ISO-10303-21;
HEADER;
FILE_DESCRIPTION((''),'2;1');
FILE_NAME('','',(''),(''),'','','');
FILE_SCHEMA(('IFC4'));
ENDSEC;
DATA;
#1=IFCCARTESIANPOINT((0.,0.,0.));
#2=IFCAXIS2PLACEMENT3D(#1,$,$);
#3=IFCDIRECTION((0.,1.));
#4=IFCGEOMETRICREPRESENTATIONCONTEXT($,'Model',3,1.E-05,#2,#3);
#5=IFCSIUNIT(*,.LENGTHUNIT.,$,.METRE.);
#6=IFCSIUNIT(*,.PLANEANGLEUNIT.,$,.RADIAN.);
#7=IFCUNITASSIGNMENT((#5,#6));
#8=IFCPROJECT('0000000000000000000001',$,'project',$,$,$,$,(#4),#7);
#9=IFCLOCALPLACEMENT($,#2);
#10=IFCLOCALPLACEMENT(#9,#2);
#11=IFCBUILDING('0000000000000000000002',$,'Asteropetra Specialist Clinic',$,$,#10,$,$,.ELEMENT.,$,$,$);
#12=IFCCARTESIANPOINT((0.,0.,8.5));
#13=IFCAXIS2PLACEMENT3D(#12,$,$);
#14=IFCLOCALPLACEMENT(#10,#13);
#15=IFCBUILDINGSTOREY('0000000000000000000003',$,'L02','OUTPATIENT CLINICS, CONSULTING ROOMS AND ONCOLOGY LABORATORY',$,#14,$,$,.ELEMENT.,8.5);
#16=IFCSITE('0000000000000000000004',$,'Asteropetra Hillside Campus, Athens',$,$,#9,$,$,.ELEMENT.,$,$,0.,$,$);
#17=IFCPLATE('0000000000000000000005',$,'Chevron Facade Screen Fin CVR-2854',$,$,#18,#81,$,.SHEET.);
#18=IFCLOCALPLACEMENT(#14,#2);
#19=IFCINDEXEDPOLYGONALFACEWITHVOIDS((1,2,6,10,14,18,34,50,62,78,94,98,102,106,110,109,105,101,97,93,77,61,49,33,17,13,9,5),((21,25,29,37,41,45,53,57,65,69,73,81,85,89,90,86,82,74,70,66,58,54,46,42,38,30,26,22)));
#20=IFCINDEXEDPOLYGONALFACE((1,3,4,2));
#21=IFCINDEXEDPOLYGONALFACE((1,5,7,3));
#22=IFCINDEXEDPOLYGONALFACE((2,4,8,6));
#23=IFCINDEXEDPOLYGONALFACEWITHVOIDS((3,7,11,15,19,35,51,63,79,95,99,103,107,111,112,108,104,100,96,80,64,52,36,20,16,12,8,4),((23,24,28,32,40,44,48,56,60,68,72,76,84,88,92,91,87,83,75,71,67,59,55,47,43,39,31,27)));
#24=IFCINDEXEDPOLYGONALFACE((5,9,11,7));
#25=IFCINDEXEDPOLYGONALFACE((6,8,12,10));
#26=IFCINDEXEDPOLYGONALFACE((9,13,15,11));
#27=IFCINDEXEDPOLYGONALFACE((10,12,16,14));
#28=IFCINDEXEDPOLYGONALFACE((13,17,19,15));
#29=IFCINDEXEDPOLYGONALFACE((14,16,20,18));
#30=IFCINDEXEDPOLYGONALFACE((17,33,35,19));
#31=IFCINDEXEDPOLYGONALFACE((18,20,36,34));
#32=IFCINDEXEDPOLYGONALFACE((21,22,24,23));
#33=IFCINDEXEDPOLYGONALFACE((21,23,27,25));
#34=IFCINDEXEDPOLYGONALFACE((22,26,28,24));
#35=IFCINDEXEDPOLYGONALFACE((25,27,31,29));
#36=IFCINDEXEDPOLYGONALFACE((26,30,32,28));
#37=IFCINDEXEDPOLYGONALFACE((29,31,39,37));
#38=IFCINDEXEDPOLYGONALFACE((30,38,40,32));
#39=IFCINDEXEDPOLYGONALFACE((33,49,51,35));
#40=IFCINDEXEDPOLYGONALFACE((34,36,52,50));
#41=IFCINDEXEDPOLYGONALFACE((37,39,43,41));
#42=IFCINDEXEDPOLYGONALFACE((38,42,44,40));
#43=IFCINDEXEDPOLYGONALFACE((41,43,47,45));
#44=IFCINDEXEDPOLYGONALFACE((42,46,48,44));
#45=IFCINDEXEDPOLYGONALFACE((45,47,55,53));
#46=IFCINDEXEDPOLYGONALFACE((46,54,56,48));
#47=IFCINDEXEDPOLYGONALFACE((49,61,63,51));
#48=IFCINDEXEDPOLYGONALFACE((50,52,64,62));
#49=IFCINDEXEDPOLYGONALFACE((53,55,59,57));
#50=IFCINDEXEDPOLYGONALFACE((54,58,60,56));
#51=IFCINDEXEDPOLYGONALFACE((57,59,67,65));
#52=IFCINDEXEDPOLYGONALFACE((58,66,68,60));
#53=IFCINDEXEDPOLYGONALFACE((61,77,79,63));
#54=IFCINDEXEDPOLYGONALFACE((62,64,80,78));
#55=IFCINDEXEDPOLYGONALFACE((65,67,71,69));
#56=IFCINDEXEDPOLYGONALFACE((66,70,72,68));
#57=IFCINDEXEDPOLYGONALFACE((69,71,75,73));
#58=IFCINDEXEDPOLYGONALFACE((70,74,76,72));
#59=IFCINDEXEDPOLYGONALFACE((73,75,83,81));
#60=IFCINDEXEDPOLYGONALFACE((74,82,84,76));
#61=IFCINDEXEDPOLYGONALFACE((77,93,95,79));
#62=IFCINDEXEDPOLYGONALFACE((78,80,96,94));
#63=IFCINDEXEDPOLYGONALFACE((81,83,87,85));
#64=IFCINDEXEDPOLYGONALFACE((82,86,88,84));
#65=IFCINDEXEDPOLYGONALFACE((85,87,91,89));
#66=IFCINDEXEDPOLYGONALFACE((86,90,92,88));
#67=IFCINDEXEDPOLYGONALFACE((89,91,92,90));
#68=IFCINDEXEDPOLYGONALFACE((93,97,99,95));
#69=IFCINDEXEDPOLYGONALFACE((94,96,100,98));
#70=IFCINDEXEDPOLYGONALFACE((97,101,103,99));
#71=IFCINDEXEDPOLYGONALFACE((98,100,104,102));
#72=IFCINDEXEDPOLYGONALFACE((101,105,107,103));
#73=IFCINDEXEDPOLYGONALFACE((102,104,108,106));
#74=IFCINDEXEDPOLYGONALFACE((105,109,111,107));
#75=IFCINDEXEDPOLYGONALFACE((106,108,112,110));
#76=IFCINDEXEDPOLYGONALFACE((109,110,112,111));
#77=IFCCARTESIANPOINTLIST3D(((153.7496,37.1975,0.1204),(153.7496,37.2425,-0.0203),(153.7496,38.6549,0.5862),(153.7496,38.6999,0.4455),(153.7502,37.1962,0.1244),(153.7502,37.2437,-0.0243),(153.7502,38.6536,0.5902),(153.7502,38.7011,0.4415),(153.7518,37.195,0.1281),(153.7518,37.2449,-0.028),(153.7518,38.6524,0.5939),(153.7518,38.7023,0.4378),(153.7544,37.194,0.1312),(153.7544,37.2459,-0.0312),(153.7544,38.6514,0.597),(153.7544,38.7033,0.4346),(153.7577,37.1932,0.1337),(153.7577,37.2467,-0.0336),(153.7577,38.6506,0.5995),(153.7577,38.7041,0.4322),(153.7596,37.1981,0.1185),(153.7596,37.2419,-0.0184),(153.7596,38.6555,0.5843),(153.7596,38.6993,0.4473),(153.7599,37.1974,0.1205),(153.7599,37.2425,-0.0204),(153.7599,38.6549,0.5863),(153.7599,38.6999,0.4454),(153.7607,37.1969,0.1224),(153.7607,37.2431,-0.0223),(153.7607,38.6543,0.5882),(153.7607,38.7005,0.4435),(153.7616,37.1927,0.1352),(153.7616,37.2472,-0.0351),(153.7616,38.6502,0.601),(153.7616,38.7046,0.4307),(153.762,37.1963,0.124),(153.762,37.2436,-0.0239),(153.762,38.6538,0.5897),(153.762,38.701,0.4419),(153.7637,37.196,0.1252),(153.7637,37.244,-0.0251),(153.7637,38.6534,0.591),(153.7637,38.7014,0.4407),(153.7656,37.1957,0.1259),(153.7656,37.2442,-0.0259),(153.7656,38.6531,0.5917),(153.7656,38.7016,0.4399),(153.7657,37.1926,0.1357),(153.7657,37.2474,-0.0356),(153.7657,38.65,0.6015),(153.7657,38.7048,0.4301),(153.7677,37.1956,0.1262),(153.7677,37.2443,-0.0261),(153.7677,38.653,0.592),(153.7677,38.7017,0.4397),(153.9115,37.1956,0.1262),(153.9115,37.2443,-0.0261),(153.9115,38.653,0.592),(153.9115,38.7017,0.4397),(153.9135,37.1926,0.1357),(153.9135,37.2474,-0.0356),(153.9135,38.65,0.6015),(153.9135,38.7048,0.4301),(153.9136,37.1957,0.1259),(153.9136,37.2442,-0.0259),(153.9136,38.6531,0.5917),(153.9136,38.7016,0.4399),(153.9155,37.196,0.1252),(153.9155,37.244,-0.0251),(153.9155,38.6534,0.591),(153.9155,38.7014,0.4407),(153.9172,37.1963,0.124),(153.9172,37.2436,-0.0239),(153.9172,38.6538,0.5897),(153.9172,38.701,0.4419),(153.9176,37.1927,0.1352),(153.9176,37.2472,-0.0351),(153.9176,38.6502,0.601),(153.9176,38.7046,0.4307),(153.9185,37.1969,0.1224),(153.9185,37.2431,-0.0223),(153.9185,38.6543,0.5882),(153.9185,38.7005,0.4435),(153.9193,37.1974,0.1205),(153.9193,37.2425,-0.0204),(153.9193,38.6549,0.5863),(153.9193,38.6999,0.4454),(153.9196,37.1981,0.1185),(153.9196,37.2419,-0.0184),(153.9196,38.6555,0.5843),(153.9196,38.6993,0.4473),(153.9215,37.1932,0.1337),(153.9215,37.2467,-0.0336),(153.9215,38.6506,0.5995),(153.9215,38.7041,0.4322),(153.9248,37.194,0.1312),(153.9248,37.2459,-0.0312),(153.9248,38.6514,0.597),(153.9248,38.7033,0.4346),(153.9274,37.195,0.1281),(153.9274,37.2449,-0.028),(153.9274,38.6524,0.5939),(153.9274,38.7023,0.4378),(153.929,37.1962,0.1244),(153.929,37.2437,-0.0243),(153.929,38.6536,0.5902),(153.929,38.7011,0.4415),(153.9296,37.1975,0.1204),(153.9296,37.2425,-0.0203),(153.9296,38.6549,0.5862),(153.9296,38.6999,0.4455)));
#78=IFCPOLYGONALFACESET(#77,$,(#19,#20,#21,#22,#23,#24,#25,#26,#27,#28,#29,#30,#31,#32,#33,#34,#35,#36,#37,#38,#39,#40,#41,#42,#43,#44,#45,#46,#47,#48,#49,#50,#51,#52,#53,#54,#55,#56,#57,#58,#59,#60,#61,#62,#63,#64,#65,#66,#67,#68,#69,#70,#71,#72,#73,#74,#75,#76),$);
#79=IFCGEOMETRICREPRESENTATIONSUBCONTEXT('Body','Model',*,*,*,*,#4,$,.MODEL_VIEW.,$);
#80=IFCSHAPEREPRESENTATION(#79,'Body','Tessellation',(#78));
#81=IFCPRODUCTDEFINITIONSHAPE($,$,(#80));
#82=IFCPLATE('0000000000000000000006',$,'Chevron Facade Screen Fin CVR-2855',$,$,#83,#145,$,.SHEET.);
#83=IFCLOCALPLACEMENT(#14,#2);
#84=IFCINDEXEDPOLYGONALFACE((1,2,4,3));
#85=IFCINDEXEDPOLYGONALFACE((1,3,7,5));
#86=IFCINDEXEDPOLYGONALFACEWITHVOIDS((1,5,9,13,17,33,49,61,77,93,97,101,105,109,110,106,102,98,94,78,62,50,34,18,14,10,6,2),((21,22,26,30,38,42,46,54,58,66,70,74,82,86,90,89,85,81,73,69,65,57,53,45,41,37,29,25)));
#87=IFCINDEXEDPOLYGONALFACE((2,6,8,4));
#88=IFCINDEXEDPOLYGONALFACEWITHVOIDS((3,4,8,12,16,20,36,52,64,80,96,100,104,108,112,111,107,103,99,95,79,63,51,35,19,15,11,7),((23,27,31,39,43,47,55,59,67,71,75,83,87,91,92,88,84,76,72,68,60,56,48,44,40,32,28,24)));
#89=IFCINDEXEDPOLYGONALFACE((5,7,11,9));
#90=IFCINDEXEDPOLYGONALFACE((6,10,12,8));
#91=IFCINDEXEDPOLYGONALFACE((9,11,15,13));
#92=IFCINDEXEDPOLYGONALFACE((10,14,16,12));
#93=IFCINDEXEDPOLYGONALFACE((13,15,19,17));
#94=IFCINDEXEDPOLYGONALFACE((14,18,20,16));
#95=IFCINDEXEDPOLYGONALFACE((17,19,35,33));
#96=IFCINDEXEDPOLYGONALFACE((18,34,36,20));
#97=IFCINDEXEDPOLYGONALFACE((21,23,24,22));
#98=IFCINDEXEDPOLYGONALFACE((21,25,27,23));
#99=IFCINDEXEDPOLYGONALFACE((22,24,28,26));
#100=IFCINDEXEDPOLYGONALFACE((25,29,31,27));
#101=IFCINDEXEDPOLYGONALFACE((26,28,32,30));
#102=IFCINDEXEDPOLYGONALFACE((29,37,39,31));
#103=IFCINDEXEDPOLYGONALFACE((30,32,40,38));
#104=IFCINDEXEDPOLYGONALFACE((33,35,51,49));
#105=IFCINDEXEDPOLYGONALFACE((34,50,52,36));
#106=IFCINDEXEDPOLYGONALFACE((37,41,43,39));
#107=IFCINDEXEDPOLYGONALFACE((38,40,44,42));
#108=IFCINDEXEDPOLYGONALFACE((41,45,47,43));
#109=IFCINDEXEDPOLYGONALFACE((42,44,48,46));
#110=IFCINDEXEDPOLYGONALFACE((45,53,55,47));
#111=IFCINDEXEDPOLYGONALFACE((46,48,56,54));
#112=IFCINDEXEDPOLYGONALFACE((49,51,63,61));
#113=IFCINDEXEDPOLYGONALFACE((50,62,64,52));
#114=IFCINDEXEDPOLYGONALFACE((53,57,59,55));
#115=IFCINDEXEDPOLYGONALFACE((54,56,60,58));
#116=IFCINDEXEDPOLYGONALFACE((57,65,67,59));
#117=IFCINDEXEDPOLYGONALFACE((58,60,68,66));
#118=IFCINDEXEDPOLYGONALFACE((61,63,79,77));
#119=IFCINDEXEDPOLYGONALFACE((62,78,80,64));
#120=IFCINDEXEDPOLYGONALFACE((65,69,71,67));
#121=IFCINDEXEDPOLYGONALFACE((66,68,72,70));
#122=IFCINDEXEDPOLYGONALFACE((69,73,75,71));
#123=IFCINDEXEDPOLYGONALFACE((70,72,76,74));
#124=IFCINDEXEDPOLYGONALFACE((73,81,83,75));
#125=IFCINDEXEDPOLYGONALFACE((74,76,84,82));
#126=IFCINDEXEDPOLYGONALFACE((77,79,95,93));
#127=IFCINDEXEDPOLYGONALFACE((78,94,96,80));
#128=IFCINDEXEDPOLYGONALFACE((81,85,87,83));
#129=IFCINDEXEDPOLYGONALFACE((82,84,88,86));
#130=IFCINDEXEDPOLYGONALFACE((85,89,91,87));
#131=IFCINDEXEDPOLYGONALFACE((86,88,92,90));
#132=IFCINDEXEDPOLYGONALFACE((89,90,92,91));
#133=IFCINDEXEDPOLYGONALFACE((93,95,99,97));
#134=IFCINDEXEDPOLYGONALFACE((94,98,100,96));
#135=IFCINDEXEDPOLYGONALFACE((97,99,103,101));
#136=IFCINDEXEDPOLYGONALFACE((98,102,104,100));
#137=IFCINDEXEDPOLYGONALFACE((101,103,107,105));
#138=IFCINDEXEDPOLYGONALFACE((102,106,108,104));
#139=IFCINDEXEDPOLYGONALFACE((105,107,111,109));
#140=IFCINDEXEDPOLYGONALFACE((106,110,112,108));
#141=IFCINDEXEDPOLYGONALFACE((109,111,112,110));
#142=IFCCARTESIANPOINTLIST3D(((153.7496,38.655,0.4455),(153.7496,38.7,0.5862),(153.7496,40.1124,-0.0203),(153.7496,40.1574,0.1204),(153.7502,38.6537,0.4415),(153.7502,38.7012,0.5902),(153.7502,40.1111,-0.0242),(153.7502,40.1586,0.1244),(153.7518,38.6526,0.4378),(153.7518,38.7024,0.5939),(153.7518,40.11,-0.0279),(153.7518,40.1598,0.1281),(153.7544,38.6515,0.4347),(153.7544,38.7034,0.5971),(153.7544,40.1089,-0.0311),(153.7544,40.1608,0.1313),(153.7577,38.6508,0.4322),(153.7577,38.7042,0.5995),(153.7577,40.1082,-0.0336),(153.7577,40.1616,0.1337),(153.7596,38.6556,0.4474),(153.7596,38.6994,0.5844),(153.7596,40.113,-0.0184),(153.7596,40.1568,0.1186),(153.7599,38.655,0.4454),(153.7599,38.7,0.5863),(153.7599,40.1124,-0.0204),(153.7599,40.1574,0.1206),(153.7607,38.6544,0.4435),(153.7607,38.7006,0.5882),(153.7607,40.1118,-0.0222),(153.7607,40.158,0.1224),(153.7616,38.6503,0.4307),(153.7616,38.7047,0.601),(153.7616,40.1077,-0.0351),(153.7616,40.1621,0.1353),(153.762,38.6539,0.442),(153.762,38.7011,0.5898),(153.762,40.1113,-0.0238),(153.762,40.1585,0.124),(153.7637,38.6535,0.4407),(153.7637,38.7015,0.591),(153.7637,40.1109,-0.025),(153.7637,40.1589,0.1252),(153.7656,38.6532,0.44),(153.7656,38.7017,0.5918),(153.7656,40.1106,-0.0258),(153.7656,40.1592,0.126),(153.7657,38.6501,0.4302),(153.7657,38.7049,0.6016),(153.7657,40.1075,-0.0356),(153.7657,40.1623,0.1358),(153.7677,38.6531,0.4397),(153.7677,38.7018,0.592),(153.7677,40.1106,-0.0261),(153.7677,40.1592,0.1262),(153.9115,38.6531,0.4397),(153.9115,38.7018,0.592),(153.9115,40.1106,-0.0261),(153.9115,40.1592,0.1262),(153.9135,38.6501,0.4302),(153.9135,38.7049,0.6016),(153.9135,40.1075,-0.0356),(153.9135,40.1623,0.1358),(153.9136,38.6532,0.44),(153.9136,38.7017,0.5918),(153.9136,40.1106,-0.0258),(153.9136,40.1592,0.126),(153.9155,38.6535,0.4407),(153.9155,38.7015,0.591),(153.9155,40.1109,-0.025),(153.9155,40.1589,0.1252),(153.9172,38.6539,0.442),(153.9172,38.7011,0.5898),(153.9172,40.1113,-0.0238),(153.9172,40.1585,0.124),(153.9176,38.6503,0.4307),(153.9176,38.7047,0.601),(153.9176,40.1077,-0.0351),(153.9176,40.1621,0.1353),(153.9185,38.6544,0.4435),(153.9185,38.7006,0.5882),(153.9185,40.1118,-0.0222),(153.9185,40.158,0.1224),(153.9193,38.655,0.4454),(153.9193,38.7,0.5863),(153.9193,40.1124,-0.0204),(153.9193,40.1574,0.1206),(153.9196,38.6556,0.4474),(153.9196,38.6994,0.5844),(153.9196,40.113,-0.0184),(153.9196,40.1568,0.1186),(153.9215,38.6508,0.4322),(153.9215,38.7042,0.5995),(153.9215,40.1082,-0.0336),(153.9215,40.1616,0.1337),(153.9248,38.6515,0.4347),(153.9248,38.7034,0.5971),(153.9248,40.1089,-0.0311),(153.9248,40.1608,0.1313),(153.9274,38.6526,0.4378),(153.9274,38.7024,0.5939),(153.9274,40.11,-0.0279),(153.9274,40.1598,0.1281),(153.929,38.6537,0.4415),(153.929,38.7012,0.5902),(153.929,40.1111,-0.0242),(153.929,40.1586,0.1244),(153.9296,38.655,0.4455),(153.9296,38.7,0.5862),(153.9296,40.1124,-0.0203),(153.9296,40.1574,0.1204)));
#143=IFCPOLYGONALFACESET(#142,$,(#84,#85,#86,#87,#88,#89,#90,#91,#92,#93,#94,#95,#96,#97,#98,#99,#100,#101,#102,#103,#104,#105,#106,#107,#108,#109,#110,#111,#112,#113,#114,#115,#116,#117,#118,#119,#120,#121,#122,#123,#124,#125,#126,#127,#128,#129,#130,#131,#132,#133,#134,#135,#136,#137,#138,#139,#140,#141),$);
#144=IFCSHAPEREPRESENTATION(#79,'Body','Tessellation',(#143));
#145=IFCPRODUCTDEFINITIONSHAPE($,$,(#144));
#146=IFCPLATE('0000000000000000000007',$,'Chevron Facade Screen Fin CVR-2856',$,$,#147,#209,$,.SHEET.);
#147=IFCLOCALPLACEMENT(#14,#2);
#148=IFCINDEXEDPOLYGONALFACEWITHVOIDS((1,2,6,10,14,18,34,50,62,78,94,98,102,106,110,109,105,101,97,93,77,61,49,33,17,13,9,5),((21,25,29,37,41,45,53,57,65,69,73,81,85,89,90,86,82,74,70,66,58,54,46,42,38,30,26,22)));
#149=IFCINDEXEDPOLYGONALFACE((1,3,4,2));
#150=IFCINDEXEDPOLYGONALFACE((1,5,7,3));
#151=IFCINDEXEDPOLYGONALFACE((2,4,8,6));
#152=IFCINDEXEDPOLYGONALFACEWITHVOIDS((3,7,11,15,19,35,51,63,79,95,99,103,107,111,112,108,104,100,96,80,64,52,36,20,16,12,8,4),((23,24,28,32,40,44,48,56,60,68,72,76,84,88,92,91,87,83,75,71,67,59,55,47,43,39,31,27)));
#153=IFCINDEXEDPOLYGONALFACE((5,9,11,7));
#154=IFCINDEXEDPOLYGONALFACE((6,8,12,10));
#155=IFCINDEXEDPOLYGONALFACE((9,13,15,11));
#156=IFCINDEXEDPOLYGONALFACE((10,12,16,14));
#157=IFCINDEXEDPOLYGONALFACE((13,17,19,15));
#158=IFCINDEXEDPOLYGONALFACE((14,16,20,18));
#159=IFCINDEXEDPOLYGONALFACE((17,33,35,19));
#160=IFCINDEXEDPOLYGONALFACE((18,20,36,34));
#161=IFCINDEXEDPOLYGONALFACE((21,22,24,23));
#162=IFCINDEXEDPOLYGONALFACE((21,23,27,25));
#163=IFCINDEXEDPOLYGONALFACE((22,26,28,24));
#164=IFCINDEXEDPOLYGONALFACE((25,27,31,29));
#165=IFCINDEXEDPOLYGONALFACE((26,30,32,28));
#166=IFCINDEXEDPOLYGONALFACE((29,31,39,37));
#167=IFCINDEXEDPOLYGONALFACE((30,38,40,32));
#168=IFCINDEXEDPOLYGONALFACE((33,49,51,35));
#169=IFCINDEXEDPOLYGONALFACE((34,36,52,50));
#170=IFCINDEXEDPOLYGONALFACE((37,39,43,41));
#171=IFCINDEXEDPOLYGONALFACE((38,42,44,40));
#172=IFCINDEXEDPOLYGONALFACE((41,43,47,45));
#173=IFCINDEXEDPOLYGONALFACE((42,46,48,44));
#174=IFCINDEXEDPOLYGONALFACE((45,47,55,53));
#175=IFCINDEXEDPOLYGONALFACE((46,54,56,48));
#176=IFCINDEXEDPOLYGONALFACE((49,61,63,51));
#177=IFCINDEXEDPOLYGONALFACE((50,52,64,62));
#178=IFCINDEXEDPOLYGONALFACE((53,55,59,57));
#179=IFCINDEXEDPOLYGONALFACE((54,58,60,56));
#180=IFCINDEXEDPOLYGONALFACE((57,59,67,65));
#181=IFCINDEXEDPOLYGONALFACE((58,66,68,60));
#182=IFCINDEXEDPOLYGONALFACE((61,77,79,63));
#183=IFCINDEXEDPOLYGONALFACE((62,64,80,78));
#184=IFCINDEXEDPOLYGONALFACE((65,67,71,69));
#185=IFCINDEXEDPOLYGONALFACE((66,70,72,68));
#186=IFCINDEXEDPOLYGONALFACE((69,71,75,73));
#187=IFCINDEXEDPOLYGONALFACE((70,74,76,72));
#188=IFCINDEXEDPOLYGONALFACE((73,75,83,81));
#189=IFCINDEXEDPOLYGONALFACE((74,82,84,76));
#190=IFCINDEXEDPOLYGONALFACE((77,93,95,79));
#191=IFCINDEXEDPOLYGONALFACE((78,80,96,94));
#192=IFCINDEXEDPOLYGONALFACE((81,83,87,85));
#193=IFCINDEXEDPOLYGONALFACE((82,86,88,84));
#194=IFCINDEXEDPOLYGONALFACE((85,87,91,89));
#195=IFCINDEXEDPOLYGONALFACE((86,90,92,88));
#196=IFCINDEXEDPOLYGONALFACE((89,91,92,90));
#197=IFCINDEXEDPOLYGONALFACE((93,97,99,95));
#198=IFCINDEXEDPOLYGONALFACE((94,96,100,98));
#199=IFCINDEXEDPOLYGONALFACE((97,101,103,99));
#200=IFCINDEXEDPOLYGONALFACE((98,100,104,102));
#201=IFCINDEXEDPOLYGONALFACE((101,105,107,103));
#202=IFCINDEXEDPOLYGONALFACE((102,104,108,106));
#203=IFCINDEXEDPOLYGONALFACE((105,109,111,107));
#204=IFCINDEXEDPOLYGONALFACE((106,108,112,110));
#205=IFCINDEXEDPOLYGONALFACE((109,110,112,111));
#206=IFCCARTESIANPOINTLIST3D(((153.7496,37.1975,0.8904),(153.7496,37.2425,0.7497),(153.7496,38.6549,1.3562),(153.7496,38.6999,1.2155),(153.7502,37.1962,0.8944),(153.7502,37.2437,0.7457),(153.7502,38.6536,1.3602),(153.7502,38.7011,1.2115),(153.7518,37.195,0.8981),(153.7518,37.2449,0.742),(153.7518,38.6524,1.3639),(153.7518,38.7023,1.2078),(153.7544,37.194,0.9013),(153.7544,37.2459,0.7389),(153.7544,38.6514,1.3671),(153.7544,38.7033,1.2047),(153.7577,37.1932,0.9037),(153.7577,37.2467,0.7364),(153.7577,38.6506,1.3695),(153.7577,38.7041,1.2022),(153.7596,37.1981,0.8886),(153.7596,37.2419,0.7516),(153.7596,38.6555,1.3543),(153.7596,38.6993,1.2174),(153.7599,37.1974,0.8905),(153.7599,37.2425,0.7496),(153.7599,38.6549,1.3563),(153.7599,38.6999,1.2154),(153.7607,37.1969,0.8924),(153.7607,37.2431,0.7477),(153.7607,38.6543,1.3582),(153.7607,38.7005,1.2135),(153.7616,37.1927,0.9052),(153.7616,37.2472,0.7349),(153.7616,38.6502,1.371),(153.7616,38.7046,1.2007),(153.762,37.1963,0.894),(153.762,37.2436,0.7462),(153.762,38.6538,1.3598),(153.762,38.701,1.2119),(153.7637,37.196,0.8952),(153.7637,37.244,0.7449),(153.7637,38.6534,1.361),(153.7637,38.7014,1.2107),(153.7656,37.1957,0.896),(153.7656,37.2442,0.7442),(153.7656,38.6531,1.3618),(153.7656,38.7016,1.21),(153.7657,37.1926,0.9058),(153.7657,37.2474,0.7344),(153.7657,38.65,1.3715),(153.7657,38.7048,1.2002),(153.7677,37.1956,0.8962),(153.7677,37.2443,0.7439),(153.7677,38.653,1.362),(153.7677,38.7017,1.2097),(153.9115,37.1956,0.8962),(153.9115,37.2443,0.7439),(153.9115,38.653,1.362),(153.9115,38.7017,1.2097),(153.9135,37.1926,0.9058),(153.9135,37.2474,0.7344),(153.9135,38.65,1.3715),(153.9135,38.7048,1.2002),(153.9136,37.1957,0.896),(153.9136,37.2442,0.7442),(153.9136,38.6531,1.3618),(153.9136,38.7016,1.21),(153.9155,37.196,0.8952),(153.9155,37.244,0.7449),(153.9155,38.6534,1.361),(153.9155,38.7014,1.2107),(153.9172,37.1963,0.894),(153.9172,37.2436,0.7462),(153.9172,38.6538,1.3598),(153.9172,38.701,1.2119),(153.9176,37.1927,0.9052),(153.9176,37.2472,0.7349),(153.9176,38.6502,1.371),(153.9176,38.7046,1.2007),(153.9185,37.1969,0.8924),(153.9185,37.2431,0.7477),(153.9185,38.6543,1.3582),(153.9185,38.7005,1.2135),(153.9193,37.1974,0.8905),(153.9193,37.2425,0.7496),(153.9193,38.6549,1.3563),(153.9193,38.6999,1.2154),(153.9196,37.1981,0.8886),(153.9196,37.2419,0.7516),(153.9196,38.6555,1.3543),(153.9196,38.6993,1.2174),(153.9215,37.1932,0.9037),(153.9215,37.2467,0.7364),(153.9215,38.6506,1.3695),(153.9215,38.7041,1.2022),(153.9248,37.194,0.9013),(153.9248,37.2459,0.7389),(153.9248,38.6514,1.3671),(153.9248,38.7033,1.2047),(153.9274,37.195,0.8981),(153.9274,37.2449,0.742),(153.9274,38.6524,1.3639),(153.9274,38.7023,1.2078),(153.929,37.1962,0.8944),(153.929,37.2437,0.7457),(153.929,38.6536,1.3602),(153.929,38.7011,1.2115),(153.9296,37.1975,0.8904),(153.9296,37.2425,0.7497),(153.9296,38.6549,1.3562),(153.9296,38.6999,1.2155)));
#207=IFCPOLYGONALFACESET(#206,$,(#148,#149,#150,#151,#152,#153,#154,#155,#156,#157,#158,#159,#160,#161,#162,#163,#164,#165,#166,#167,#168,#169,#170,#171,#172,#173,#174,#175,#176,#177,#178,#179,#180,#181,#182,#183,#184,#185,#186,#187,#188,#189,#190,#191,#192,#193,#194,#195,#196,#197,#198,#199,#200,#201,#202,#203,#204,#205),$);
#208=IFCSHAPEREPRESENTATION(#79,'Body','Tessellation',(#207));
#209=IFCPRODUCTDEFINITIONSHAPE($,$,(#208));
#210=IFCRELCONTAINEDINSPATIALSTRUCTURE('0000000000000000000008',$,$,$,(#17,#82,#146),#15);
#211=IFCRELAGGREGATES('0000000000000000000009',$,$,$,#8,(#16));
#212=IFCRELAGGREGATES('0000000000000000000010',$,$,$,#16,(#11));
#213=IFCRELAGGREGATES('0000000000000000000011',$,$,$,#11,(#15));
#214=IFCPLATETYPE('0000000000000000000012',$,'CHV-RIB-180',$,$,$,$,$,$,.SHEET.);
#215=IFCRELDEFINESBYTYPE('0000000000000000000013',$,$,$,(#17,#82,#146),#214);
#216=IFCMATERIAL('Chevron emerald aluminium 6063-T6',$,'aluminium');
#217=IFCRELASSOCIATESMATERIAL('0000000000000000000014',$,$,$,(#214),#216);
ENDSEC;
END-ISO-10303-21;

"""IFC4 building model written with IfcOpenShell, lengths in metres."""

from ifc_helpers import new_model, si_unit, direction, frame, origin, origin_2d, place, context, subcontext, project, spatial, hollow_rectangle, extrude, material, material_profile, profile_set, type_object, element, save


model = new_model("IFC4")

# Units and contexts
model_context = context("Model", 3, precision=1e-05, world=origin(), true_north=direction((0.0, 1.0)))
body_context = subcontext(model_context, "Body", "Model", "MODEL_VIEW")
ifc_project = project(units=[si_unit("LENGTHUNIT", "METRE"), si_unit("PLANEANGLEUNIT", "RADIAN")], contexts=[model_context])

# Site, building, storey
site_placement = place(None, origin())
site = spatial("IfcSite", under=ifc_project, at=site_placement, Name="Asteropetra Hillside Campus, Athens", CompositionType="ELEMENT", RefElevation=0.0)
building_placement = place(site_placement, origin())
building = spatial("IfcBuilding", under=site, at=building_placement, Name="Asteropetra Specialist Clinic", CompositionType="ELEMENT")
storey_placement = place(building_placement, frame((0.0, 0.0, 8.5)))
storey = spatial("IfcBuildingStorey", under=building, at=storey_placement, Name="L02", Description="OUTPATIENT CLINICS, CONSULTING ROOMS AND ONCOLOGY LABORATORY", CompositionType="ELEMENT", Elevation=8.5)

# Plates
ifc_material_1 = material(Name="Chevron emerald aluminium 6063-T6", Category="aluminium")
ifc_material_profile = material_profile(ifc_material_1, hollow_rectangle(XDim=0.1799, YDim=0.1799, WallThickness=0.01, InnerFilletRadius=0.0081, OuterFilletRadius=0.0161, at=origin_2d()), Name="SHS 180x180x10.0")
ifc_profile_set = profile_set([ifc_material_profile], Name="Chevron emerald aluminium 6063-T6")
plate_type = type_object("IfcPlateType", Name="CHV-RIB-180", PredefinedType="SHEET", material=ifc_profile_set)
for number, where, z_axis, x_axis, name in (
    (1, (153.8396, 37.22, 0.05), (0.0, 0.952535, 0.304428), (-1.0, 0.0, 0.0), "Chevron Facade Screen Fin CVR-2854"),
    (2, (153.8396, 38.6775, 0.5159), (0.0, 0.952535, -0.304428), (-1.0, 0.0, 0.0), "Chevron Facade Screen Fin CVR-2855"),
    (3, (153.8396, 37.22, 0.8201), (0.0, 0.952535, 0.304428), (-1.0, 0.0, 0.0), "Chevron Facade Screen Fin CVR-2856"),
):
    element("IfcPlate", number, at=place(storey_placement, frame(where, z_axis=z_axis, x_axis=x_axis)), inside=storey, type_object=plate_type, Name=name, PredefinedType="SHEET", context=body_context, shape_type="SweptSolid", body=[
        extrude(hollow_rectangle(XDim=0.1799, YDim=0.1799, WallThickness=0.01, InnerFilletRadius=0.0081, OuterFilletRadius=0.0161, at=origin_2d()), origin(), (0.0, 0.0, 1.0), 1.53),
    ])

save(model, "model.ifc")
